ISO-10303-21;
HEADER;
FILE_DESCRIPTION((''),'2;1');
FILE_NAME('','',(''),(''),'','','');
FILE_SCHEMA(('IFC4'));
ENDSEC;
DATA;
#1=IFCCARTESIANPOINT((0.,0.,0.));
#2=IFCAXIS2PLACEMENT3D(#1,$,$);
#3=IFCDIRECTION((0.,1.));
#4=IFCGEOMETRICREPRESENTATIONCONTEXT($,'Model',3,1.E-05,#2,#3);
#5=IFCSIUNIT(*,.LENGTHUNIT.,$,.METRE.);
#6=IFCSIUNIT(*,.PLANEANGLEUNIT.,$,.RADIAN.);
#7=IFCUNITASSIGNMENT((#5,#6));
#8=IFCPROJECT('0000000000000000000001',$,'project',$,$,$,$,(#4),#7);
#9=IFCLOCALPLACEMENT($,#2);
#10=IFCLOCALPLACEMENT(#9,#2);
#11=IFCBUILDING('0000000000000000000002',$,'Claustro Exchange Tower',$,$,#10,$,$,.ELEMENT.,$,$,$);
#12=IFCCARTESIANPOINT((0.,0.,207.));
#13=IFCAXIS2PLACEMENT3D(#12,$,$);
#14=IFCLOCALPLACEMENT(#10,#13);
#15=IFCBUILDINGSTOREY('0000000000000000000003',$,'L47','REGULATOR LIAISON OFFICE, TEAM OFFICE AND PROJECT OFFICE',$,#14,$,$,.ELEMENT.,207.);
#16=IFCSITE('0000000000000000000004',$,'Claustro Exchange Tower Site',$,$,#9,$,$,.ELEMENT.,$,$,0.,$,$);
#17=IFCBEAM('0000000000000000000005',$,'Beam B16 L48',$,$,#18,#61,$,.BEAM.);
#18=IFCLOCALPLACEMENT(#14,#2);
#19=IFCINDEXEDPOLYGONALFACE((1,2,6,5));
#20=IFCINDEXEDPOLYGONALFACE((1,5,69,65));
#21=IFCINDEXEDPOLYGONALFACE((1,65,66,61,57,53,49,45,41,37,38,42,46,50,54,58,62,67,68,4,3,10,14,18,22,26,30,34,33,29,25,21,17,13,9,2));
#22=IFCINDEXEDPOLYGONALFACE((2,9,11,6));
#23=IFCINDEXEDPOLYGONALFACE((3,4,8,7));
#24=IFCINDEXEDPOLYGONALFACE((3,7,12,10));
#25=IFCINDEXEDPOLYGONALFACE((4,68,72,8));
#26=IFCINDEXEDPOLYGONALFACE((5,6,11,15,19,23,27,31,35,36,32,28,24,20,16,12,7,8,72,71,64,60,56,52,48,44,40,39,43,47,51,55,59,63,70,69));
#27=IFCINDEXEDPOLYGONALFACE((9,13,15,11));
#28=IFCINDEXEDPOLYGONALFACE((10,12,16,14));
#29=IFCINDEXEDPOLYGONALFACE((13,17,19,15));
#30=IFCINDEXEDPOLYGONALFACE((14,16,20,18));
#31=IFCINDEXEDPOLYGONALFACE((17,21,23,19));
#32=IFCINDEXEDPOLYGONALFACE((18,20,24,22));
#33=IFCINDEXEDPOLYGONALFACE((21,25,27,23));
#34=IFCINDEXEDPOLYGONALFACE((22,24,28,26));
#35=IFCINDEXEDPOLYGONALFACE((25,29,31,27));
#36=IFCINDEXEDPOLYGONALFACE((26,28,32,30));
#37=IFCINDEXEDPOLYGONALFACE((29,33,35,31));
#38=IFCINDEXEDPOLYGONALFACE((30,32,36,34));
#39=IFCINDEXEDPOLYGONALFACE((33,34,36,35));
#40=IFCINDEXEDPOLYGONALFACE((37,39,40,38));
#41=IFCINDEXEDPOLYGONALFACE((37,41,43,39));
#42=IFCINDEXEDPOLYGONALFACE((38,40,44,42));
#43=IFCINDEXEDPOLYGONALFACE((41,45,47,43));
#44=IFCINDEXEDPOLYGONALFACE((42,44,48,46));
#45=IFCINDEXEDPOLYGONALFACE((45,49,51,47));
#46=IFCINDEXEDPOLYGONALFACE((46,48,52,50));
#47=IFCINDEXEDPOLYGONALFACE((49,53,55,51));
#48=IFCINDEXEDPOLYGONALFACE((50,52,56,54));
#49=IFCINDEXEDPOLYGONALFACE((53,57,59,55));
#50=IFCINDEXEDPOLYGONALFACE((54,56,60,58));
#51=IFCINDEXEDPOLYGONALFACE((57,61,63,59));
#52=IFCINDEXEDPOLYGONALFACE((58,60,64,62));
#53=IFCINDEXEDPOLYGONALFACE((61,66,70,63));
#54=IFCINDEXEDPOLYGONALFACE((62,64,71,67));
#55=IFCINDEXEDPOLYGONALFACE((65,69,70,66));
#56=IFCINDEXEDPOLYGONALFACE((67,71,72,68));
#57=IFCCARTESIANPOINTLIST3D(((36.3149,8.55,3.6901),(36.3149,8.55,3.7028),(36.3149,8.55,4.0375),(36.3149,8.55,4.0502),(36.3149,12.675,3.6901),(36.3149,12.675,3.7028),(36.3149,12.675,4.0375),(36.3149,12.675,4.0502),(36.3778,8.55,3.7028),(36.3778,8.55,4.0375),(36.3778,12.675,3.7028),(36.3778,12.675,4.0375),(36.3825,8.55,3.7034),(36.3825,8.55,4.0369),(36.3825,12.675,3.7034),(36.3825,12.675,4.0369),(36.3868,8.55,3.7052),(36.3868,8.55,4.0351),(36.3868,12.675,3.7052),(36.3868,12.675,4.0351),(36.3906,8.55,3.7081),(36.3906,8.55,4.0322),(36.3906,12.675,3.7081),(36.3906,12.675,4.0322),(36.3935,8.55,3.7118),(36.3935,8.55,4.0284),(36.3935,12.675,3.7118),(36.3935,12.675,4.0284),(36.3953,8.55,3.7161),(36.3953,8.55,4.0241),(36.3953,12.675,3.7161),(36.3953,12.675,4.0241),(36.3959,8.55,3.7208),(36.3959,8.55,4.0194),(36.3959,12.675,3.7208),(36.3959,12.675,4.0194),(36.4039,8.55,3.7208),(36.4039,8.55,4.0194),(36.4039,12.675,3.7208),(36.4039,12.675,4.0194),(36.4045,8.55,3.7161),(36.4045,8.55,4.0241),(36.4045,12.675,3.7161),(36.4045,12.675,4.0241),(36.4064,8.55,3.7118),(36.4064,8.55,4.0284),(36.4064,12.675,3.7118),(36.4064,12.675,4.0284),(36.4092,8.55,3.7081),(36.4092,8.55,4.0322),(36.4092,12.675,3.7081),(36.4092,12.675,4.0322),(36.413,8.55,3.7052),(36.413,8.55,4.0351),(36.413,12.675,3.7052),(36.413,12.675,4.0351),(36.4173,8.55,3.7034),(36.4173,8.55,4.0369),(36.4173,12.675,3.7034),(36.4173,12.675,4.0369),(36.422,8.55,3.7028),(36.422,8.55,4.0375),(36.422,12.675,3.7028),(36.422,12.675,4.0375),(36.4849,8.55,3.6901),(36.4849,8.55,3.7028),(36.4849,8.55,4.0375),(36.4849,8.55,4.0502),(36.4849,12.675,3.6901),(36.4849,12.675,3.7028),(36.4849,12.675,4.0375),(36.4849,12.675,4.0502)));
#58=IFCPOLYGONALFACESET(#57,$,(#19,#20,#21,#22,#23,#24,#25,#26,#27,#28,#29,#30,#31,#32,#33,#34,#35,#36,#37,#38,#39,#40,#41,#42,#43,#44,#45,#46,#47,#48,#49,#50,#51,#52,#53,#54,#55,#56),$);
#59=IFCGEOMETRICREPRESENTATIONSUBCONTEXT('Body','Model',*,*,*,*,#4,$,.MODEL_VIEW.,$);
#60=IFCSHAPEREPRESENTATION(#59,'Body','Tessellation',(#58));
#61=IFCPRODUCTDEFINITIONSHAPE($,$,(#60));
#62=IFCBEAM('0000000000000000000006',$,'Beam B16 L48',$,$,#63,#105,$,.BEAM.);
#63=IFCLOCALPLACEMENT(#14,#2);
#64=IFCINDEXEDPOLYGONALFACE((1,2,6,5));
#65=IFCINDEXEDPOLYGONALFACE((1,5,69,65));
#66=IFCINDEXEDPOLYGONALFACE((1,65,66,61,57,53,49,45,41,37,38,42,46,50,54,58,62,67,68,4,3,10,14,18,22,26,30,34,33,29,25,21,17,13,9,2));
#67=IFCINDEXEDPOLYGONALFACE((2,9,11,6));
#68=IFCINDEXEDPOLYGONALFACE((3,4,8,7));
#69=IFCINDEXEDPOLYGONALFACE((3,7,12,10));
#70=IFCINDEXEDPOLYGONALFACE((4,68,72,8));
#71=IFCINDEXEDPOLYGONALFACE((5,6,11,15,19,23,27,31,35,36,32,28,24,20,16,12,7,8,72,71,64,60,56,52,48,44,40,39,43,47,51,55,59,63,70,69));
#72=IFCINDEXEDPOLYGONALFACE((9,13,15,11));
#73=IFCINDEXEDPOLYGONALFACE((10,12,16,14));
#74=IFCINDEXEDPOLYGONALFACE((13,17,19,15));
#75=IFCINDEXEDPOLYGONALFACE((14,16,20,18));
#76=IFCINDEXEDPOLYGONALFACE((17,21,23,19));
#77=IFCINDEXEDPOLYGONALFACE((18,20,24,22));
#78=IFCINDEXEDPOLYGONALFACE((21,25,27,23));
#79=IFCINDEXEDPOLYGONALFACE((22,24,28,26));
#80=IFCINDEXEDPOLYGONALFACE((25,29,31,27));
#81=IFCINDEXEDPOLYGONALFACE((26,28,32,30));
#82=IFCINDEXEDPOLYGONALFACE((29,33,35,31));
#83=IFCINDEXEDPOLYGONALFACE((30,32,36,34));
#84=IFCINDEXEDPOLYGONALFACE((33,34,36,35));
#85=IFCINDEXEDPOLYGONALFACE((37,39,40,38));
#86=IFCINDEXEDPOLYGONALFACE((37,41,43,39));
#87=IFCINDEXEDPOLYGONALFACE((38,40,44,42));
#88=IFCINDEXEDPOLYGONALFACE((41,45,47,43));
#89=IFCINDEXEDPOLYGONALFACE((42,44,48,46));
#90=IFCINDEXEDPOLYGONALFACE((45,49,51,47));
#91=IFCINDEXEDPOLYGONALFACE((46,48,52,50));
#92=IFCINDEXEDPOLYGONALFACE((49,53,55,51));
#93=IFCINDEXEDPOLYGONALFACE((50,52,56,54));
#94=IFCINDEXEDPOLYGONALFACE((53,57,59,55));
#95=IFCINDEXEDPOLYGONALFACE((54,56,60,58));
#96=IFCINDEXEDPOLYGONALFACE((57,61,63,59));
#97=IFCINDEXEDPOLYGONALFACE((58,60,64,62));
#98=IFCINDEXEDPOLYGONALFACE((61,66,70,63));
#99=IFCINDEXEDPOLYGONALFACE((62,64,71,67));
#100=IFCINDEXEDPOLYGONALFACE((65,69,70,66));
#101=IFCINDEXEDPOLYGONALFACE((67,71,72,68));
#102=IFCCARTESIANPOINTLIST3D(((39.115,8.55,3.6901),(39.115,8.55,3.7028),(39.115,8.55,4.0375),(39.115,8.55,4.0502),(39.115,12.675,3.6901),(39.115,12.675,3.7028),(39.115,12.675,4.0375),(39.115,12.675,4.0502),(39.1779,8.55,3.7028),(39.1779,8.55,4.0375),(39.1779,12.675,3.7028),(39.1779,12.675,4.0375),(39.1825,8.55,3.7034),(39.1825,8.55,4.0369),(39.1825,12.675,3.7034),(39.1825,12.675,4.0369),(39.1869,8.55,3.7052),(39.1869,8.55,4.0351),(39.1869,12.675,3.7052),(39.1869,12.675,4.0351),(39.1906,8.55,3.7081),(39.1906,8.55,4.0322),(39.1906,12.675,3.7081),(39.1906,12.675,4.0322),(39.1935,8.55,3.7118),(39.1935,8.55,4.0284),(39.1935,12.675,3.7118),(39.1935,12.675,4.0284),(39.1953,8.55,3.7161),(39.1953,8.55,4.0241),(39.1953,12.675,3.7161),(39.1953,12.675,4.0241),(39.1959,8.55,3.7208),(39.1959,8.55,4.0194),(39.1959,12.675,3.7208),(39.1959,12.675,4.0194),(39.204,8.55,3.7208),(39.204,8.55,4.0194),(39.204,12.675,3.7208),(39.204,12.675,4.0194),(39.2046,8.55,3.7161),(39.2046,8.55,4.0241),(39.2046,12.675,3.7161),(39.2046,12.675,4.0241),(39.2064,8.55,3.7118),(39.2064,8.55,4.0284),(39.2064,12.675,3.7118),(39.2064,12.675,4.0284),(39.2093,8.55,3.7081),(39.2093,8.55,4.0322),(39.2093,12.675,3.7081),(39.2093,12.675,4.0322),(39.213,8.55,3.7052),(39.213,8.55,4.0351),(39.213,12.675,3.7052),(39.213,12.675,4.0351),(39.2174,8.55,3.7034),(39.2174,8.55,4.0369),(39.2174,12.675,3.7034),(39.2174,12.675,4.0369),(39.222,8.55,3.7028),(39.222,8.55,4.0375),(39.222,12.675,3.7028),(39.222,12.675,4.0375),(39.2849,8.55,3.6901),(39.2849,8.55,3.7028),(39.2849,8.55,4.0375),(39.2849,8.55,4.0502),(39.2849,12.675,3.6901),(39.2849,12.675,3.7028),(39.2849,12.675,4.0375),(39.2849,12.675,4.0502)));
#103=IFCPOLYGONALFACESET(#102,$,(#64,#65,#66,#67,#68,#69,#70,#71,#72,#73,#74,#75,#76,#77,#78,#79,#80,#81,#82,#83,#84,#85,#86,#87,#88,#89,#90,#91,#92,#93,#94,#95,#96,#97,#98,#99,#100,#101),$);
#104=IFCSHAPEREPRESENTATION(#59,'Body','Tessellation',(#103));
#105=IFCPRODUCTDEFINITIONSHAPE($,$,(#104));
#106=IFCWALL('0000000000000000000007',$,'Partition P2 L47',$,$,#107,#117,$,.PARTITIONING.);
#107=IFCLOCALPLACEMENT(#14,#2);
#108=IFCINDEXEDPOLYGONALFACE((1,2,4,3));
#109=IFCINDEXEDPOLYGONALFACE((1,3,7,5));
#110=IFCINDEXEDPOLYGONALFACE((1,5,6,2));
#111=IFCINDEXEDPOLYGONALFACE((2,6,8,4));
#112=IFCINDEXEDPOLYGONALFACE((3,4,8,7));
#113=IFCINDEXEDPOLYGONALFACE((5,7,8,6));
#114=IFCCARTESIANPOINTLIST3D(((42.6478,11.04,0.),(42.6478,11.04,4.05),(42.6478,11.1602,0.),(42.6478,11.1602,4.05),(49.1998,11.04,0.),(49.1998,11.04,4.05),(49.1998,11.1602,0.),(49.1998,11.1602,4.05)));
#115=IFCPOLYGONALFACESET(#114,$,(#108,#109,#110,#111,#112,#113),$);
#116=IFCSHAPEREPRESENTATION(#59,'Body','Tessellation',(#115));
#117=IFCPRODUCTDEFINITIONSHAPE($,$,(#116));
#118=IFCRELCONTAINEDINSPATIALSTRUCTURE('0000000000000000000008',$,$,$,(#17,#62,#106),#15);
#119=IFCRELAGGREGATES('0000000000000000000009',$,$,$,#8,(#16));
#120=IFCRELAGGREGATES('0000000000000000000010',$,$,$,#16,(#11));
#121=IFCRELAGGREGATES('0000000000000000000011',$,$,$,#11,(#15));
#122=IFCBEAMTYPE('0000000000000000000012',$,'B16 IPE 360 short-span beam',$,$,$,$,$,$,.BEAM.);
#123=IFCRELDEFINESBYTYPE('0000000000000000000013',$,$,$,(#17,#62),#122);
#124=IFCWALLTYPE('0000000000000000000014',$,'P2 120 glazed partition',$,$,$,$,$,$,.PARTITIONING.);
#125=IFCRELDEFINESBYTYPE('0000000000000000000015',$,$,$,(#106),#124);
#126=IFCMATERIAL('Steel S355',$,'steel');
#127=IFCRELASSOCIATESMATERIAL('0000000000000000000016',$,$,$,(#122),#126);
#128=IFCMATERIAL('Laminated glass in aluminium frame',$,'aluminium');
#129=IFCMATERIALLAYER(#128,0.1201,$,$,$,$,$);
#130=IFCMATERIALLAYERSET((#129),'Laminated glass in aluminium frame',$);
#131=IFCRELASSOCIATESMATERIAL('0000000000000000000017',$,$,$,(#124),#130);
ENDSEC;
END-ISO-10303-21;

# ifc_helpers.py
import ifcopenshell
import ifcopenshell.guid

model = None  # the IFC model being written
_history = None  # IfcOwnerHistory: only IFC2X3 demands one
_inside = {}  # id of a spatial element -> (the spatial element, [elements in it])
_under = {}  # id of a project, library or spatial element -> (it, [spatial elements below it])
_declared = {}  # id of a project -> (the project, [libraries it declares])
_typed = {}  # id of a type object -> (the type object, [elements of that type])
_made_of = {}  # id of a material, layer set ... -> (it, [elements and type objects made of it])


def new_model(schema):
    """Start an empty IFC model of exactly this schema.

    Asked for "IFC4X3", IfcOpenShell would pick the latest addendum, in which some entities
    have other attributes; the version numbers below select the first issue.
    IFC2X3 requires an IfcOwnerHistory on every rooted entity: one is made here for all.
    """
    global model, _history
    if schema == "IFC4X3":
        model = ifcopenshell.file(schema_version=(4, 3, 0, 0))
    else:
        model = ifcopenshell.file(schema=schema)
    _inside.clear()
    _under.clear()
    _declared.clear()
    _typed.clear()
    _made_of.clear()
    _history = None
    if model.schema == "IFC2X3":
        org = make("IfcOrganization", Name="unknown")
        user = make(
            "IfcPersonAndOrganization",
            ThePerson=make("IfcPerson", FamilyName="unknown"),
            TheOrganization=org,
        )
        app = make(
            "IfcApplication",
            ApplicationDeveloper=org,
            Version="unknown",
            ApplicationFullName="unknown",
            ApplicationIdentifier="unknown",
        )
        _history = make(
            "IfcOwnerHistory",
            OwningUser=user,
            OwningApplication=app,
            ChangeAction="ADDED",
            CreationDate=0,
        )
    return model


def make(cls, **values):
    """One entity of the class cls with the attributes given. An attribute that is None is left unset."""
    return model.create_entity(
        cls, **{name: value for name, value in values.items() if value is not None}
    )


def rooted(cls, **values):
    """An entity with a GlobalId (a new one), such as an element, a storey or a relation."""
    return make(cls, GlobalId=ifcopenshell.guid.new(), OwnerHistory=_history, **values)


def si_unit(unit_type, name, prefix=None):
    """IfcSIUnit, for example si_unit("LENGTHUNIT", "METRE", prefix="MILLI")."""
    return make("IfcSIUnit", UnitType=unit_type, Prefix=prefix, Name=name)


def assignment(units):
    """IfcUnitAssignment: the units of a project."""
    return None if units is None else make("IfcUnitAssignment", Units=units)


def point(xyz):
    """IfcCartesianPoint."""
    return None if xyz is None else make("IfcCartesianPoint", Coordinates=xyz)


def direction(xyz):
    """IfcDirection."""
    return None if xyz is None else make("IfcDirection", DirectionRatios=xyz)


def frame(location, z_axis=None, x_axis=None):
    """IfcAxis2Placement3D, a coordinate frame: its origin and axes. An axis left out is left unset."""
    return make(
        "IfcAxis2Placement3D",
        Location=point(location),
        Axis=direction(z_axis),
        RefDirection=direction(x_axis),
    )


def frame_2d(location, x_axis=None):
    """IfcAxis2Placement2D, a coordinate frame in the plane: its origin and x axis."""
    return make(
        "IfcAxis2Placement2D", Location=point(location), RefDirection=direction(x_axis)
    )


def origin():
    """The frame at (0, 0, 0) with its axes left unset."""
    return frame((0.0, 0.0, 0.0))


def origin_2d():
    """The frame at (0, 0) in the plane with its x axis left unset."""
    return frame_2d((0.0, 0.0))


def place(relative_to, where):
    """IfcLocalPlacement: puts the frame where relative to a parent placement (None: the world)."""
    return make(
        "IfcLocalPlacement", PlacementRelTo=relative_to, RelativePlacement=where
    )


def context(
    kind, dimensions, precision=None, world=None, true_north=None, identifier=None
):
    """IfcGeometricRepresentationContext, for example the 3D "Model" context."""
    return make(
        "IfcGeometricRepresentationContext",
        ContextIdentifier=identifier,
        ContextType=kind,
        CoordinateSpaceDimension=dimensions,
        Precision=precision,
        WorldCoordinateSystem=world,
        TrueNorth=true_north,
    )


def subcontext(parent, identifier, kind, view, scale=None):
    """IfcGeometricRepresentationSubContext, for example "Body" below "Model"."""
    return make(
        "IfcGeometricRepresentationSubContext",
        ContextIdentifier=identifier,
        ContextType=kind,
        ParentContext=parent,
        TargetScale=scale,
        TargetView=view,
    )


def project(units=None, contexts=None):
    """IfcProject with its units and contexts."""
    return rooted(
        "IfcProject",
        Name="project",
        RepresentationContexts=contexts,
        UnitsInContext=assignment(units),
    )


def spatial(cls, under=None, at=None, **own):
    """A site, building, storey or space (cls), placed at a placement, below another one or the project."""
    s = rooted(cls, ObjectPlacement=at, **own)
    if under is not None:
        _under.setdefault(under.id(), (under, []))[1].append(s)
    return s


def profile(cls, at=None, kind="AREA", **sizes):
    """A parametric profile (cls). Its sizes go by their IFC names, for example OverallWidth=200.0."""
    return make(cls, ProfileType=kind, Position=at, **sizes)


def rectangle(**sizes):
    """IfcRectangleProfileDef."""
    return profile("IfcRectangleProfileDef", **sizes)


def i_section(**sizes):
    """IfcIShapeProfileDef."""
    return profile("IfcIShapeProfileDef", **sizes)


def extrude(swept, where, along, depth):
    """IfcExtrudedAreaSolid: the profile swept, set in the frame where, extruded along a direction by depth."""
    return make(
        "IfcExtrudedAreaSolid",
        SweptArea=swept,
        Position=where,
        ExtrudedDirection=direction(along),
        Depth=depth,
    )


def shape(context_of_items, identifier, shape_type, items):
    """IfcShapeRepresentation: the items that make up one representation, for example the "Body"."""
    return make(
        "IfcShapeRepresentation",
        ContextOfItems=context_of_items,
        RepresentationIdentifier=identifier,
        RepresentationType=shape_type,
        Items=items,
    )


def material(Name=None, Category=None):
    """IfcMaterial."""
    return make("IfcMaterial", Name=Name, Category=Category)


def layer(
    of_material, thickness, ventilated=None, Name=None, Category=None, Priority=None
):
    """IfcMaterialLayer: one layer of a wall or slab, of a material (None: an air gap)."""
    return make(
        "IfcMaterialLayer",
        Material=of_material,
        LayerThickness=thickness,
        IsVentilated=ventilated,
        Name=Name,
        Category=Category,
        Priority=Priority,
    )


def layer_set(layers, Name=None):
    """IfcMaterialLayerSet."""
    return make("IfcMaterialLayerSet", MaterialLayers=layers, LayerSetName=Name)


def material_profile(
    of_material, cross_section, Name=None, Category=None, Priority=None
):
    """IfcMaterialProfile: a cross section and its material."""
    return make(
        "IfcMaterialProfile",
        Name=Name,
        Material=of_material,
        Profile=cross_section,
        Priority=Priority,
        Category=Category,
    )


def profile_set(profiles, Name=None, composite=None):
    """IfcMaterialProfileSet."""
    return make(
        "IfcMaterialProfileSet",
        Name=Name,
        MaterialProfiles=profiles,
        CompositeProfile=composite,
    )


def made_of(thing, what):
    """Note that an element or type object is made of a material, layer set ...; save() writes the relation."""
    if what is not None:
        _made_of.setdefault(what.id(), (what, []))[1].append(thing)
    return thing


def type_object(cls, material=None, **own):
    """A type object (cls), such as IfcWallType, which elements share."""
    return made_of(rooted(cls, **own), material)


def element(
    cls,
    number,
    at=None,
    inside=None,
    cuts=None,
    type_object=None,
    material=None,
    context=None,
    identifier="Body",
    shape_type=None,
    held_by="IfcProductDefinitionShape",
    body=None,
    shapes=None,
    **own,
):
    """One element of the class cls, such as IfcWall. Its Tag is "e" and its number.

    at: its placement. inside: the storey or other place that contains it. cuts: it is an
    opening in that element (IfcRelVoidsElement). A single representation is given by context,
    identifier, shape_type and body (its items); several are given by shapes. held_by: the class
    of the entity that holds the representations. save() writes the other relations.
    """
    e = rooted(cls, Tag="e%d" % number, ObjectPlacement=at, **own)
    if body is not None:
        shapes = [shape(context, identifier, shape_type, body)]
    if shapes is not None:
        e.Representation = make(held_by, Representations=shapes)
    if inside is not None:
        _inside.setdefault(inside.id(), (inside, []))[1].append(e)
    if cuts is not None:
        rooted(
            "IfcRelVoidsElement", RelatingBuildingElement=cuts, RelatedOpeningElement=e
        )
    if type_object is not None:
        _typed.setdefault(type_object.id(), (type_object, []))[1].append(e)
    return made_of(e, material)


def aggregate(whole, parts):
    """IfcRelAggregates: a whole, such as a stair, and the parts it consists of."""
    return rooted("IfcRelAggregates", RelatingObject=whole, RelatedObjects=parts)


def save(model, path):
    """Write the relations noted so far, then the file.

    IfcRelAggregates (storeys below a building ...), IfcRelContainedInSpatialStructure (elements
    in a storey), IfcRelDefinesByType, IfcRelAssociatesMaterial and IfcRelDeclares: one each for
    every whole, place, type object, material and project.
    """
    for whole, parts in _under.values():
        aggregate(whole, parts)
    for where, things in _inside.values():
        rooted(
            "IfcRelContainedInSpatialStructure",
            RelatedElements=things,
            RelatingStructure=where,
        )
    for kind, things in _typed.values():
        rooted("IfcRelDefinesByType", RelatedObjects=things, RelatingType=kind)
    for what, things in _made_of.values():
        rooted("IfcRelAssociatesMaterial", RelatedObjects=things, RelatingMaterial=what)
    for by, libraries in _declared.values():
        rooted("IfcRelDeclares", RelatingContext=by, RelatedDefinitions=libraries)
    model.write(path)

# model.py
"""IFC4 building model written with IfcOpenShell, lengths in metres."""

from ifc_helpers import new_model, si_unit, direction, frame, frame_2d, origin, origin_2d, place, context, subcontext, project, spatial, rectangle, i_section, extrude, material, layer, layer_set, material_profile, profile_set, type_object, element, save


model = new_model("IFC4")

# Units and contexts
model_context = context("Model", 3, precision=1e-05, world=origin(), true_north=direction((0.0, 1.0)))
body_context = subcontext(model_context, "Body", "Model", "MODEL_VIEW")
ifc_project = project(units=[si_unit("LENGTHUNIT", "METRE"), si_unit("PLANEANGLEUNIT", "RADIAN")], contexts=[model_context])

# Site, building, storey
site_placement = place(None, origin())
site = spatial("IfcSite", under=ifc_project, at=site_placement, Name="Claustro Exchange Tower Site", CompositionType="ELEMENT", RefElevation=0.0)
building_placement = place(site_placement, origin())
building = spatial("IfcBuilding", under=site, at=building_placement, Name="Claustro Exchange Tower", CompositionType="ELEMENT")
storey_placement = place(building_placement, frame((0.0, 0.0, 207.0)))
storey = spatial("IfcBuildingStorey", under=building, at=storey_placement, Name="L47", Description="REGULATOR LIAISON OFFICE, TEAM OFFICE AND PROJECT OFFICE", CompositionType="ELEMENT", Elevation=207.0)

# Beams
ifc_material_1 = material(Name="Steel S355", Category="steel")
ifc_material_profile = material_profile(ifc_material_1, i_section(OverallWidth=0.1699, OverallDepth=0.3601, WebThickness=0.0081, FlangeThickness=0.0127, FilletRadius=0.0181, at=origin_2d()), Name="IPE 360")
ifc_profile_set = profile_set([ifc_material_profile], Name="Steel S355")
beam_type = type_object("IfcBeamType", Name="B16 IPE 360 short-span beam", PredefinedType="BEAM", material=ifc_profile_set)
for number, where, z_axis, x_axis, name in (
    (1, (36.3999, 8.55, 3.8701), (0.0, 1.0, 0.0), (-1.0, 0.0, 0.0), "Beam B16 L48"),
    (2, (39.2, 8.55, 3.8701), (0.0, 1.0, 0.0), (-1.0, 0.0, 0.0), "Beam B16 L48"),
):
    element("IfcBeam", number, at=place(storey_placement, frame(where, z_axis=z_axis, x_axis=x_axis)), inside=storey, type_object=beam_type, Name=name, PredefinedType="BEAM", context=body_context, shape_type="SweptSolid", body=[
        extrude(i_section(OverallWidth=0.1699, OverallDepth=0.3601, WebThickness=0.0081, FlangeThickness=0.0127, FilletRadius=0.0181, at=origin_2d()), origin(), (0.0, 0.0, 1.0), 4.125),
    ])

# Shared definitions
ifc_material_2 = material(Name="Laminated glass in aluminium frame", Category="aluminium")
ifc_layer_1 = layer(ifc_material_2, 0.1201)
ifc_layer_set_1 = layer_set([ifc_layer_1], Name="Laminated glass in aluminium frame")
wall_type_1 = type_object("IfcWallType", Name="P2 120 glazed partition", PredefinedType="PARTITIONING", material=ifc_layer_set_1)

# Wall
wall_1_placement = place(storey_placement, frame((42.6479, 11.1001, 0.0), z_axis=(0.0, 0.0, 1.0), x_axis=(1.0, 0.0, 0.0)))
element("IfcWall", 3, at=wall_1_placement, inside=storey, type_object=wall_type_1, Name="Partition P2 L47", PredefinedType="PARTITIONING", context=body_context, shape_type="SweptSolid", body=[
    extrude(rectangle(XDim=6.552, YDim=0.1201, at=frame_2d((3.2759, 0.0))), origin(), (0.0, 0.0, 1.0), 4.05),
])

save(model, "model.ifc")
